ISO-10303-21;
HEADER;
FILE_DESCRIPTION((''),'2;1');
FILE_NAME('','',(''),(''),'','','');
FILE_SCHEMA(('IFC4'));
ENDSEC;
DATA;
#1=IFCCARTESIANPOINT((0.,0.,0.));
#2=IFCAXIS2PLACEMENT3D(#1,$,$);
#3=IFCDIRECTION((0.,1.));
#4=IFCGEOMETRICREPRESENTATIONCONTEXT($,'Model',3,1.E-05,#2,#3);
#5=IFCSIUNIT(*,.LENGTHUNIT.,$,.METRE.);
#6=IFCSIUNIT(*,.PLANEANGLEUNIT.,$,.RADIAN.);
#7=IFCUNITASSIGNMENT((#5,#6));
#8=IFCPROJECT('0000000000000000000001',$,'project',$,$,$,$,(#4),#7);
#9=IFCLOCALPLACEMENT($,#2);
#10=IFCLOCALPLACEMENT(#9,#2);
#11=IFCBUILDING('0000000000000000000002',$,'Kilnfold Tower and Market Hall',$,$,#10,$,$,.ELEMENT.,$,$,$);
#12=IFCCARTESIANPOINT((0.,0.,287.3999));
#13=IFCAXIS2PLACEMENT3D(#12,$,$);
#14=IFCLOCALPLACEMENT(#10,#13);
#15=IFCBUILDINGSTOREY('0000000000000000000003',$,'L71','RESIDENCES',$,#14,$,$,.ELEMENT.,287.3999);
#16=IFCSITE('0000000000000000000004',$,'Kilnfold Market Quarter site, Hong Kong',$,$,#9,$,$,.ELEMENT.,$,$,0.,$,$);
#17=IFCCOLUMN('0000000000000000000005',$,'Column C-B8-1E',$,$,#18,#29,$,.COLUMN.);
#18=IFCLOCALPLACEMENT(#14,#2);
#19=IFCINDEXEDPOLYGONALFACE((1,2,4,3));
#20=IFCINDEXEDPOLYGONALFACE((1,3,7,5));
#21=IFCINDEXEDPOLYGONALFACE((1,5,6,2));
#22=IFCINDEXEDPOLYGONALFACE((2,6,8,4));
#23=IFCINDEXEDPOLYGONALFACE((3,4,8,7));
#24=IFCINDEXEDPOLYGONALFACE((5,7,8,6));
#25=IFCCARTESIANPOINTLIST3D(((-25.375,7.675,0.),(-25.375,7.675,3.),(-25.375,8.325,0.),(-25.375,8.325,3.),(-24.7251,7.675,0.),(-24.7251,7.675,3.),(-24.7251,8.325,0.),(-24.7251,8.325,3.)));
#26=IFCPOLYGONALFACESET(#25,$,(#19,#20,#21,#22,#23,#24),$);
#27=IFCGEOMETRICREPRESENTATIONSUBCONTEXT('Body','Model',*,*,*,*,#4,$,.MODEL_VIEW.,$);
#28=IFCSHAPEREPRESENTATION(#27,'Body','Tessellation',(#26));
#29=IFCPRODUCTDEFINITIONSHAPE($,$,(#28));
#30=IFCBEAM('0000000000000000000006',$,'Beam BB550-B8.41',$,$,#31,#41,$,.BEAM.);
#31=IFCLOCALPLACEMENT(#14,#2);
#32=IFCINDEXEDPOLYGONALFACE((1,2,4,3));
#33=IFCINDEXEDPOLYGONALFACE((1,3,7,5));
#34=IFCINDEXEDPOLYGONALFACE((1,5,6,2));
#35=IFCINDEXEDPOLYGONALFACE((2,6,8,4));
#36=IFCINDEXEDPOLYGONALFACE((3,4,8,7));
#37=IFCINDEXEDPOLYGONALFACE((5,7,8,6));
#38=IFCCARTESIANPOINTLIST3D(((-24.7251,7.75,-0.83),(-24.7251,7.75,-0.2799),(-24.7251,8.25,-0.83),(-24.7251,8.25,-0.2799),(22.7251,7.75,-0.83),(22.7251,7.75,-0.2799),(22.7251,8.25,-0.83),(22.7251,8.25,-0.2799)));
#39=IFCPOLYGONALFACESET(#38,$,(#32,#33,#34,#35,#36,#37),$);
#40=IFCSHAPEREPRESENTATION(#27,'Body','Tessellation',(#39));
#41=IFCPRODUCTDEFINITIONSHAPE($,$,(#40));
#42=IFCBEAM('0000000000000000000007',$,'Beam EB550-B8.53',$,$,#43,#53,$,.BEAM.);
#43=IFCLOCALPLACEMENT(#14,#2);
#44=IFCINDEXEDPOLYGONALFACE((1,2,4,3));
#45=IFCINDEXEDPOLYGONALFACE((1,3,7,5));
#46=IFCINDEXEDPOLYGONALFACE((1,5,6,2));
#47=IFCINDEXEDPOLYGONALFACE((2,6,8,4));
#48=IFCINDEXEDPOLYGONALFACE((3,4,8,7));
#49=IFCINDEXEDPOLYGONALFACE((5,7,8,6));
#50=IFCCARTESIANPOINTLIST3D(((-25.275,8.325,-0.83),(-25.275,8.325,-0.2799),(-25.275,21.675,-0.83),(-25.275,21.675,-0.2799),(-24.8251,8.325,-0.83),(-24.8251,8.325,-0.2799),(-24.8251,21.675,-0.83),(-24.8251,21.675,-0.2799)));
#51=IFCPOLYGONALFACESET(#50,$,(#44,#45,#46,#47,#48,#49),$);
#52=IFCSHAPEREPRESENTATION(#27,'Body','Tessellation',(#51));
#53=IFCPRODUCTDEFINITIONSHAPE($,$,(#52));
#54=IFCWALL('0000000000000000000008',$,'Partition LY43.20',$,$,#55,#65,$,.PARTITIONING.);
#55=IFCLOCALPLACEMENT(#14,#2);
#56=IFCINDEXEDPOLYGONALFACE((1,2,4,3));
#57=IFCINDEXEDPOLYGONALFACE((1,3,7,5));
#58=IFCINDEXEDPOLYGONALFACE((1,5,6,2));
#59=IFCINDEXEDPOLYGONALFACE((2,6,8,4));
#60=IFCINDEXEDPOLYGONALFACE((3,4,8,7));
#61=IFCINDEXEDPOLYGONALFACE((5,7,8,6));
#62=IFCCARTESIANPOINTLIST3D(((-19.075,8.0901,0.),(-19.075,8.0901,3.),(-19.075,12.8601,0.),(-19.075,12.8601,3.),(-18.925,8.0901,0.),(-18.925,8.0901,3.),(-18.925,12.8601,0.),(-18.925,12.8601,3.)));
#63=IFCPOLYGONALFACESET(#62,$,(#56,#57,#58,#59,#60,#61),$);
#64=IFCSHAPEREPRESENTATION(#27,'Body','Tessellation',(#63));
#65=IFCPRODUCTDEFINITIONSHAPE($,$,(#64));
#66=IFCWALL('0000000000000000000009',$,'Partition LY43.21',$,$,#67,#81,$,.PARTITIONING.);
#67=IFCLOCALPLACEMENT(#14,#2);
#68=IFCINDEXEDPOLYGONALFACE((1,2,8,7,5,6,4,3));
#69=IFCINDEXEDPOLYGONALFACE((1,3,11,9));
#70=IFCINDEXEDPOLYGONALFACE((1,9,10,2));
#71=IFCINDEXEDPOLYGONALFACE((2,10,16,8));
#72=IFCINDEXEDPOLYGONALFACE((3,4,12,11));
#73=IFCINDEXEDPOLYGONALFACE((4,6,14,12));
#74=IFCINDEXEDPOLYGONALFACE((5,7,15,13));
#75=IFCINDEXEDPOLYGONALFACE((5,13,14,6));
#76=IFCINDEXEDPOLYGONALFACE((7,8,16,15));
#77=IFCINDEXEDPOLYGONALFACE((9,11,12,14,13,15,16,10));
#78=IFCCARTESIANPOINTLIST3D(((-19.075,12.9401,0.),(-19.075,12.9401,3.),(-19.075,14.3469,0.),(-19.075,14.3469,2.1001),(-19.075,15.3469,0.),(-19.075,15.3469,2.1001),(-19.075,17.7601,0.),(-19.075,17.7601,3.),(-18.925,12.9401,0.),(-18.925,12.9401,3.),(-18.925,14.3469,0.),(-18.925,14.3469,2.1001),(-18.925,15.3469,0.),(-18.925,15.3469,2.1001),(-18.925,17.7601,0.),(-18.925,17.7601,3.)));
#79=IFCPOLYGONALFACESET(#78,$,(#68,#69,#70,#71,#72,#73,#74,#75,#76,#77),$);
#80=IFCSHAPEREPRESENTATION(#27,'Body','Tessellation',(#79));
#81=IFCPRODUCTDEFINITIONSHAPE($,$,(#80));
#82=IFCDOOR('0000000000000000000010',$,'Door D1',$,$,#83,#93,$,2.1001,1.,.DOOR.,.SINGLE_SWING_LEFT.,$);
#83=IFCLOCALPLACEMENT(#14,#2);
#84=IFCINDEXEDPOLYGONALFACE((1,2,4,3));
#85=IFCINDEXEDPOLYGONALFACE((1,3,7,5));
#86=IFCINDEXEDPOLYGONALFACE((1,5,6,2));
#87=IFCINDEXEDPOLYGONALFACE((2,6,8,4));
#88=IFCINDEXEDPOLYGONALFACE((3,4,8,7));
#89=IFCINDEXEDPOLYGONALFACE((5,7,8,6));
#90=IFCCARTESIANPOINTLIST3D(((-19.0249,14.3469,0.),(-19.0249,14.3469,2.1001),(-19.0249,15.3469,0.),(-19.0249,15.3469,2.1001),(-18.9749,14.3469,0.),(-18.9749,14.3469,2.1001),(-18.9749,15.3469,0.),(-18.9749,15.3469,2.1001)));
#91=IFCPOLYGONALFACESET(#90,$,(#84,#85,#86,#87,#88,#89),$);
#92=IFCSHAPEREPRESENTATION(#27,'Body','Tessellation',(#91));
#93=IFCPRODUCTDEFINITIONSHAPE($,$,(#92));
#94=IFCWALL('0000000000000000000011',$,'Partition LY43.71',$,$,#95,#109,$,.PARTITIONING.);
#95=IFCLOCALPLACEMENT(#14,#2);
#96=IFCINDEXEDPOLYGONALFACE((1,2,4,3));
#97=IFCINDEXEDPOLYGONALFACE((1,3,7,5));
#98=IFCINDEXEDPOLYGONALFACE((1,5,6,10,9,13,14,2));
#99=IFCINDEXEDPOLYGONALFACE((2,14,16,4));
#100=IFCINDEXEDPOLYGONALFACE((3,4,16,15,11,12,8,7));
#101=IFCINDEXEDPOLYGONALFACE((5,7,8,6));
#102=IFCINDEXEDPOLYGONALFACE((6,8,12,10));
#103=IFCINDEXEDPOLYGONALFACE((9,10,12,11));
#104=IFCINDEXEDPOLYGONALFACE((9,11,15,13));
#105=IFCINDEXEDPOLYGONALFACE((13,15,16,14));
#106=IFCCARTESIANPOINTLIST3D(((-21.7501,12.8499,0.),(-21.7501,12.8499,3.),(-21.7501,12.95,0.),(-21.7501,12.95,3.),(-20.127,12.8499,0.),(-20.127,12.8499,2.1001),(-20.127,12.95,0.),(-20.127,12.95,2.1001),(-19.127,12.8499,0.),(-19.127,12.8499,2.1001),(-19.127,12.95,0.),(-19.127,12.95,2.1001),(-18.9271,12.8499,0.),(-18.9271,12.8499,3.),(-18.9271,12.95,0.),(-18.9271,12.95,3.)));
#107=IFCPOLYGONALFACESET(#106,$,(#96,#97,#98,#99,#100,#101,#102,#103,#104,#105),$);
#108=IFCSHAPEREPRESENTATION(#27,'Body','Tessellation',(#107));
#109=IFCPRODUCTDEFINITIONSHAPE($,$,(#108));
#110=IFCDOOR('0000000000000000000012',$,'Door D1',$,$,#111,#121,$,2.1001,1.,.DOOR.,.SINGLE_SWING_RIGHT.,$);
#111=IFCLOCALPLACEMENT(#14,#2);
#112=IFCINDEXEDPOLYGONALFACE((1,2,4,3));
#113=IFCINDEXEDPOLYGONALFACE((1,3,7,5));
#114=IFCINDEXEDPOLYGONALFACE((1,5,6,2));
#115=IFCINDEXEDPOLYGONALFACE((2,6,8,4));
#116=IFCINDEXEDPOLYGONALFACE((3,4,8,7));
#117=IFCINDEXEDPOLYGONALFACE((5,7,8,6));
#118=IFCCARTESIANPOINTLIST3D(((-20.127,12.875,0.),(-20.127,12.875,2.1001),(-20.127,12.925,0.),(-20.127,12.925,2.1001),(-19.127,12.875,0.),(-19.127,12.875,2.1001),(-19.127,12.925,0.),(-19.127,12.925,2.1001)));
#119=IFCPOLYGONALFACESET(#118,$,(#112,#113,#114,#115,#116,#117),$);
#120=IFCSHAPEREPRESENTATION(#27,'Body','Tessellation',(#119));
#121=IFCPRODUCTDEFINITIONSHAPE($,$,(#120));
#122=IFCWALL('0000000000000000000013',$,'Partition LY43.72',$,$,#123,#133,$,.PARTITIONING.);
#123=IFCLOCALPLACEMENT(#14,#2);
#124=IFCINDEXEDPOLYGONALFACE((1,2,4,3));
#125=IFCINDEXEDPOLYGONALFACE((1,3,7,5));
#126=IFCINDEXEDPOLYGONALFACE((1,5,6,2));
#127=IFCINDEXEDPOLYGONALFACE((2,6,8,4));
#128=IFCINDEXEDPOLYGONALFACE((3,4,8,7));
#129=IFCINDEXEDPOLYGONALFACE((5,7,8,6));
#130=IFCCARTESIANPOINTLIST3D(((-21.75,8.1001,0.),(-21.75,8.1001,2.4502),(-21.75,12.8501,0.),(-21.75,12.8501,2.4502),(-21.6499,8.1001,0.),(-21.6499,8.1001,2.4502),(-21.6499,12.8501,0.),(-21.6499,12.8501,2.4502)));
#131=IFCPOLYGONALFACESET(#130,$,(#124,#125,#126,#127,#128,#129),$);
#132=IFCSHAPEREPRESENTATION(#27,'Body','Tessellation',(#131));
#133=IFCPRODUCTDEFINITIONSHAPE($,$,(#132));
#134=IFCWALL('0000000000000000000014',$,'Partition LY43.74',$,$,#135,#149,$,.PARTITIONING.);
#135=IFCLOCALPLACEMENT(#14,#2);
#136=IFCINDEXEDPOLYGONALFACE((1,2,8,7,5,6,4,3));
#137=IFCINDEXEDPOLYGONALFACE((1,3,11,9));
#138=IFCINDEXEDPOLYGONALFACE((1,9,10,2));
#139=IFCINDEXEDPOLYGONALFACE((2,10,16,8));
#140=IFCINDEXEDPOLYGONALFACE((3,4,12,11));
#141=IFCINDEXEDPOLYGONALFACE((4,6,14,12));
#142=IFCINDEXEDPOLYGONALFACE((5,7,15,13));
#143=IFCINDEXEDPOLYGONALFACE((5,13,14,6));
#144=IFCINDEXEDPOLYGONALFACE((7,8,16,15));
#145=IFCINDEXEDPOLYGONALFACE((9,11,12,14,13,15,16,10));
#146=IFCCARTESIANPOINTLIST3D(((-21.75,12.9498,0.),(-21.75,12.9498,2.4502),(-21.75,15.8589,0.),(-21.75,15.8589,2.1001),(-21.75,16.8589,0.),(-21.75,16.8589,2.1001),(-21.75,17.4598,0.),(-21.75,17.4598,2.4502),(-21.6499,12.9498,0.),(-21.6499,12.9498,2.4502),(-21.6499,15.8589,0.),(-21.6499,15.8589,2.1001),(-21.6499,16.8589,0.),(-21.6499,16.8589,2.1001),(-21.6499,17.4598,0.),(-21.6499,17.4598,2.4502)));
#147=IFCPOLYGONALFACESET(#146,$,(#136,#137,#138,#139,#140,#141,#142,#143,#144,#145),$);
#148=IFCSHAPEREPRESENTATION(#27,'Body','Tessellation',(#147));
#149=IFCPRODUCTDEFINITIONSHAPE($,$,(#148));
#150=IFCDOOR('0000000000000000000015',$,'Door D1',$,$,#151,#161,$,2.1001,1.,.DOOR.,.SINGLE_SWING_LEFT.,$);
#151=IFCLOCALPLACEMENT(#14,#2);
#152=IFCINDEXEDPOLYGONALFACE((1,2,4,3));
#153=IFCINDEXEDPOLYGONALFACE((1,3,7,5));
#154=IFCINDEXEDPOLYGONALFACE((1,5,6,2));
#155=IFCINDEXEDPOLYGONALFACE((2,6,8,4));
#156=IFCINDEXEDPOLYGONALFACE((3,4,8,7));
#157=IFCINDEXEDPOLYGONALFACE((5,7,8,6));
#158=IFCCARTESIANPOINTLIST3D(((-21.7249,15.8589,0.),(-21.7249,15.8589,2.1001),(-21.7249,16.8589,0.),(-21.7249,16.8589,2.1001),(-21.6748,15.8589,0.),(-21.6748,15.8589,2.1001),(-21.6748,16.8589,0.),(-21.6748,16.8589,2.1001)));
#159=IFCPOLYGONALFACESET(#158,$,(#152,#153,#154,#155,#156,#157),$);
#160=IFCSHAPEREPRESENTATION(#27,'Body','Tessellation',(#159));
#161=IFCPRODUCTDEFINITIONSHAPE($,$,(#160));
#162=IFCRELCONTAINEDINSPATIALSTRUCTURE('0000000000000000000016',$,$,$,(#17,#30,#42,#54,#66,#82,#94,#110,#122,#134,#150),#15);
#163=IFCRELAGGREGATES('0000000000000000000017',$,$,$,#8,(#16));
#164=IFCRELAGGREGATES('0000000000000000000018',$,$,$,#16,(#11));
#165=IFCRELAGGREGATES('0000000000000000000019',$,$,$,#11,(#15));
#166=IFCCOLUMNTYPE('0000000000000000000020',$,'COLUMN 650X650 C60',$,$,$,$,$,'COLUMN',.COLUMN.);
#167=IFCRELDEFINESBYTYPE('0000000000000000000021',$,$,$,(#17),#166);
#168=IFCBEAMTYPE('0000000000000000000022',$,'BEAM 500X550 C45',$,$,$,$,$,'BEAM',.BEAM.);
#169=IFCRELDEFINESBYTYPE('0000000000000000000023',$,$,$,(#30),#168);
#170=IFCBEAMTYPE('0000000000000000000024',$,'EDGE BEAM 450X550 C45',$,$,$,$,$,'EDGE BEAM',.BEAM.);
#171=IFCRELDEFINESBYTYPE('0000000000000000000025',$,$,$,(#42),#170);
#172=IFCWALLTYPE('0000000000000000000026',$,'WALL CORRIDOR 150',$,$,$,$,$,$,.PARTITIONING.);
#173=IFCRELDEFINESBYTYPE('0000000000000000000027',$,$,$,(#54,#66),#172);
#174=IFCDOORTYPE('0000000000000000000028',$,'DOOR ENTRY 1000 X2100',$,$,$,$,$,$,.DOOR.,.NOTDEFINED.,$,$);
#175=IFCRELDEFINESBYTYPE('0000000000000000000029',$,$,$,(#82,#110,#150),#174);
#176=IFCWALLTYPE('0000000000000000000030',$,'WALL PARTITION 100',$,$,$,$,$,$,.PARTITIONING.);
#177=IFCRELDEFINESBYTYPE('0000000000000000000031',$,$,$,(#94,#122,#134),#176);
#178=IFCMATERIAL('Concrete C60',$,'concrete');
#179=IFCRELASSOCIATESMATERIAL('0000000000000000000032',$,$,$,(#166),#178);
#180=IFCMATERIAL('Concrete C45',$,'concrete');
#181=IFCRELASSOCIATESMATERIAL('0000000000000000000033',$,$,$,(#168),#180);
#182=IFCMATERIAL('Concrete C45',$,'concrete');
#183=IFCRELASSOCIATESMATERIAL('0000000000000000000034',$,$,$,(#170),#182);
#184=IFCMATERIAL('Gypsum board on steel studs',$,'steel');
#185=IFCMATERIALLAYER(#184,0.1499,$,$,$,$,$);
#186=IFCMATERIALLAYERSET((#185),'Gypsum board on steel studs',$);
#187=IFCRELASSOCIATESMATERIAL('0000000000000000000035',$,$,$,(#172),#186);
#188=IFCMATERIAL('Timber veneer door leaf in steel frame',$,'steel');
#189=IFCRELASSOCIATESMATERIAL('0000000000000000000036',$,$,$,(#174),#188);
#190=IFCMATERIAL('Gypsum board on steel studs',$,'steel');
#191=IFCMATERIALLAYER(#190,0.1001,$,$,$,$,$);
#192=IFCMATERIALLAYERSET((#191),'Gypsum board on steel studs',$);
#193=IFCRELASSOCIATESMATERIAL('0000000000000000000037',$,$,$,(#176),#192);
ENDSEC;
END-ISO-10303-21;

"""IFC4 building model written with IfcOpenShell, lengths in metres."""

from ifc_helpers import new_model, si_unit, direction, frame, frame_2d, origin, origin_2d, place, context, subcontext, project, spatial, rectangle, extrude, source, transform, mapped, material, layer, layer_set, material_profile, profile_set, type_object, element, fill, save


model = new_model("IFC4")

# Units and contexts
model_context = context("Model", 3, precision=1e-05, world=origin(), true_north=direction((0.0, 1.0)))
body_context = subcontext(model_context, "Body", "Model", "MODEL_VIEW")
ifc_project = project(units=[si_unit("LENGTHUNIT", "METRE"), si_unit("PLANEANGLEUNIT", "RADIAN")], contexts=[model_context])

# Site, building, storey
site_placement = place(None, origin())
site = spatial("IfcSite", under=ifc_project, at=site_placement, Name="Kilnfold Market Quarter site, Hong Kong", CompositionType="ELEMENT", RefElevation=0.0)
building_placement = place(site_placement, origin())
building = spatial("IfcBuilding", under=site, at=building_placement, Name="Kilnfold Tower and Market Hall", CompositionType="ELEMENT")
storey_placement = place(building_placement, frame((0.0, 0.0, 287.3999)))
storey = spatial("IfcBuildingStorey", under=building, at=storey_placement, Name="L71", Description="RESIDENCES", CompositionType="ELEMENT", Elevation=287.3999)

# Column
ifc_material_1 = material(Name="Concrete C60", Category="concrete")
ifc_material_profile_1 = material_profile(ifc_material_1, rectangle(XDim=0.6499, YDim=0.6499, at=origin_2d()), Name="RC 650x650")
ifc_profile_set_1 = profile_set([ifc_material_profile_1], Name="Concrete C60")
column_type = type_object("IfcColumnType", Name="COLUMN 650X650 C60", ElementType="COLUMN", PredefinedType="COLUMN", material=ifc_profile_set_1)
shared_shape_1 = source(origin(), body_context, "Body", "SweptSolid", [
    extrude(rectangle(XDim=0.6499, YDim=0.6499, at=origin_2d()), origin(), (0.0, 0.0, 1.0), 3.0),
])
column_placement = place(storey_placement, frame((-25.05, 8.0, 0.0), z_axis=(0.0, 0.0, 1.0), x_axis=(1.0, 0.0, 0.0)))
element("IfcColumn", 1, at=column_placement, inside=storey, type_object=column_type, Name="Column C-B8-1E", PredefinedType="COLUMN", context=body_context, shape_type="MappedRepresentation", body=[
    mapped(shared_shape_1, transform((0.0, 0.0, 0.0))),
])

# Beams
ifc_material_2 = material(Name="Concrete C45", Category="concrete")
ifc_material_profile_2 = material_profile(ifc_material_2, rectangle(XDim=0.5, YDim=0.55, at=origin_2d()), Name="RC 500x550")
ifc_profile_set_2 = profile_set([ifc_material_profile_2], Name="Concrete C45")
beam_type_1 = type_object("IfcBeamType", Name="BEAM 500X550 C45", ElementType="BEAM", PredefinedType="BEAM", material=ifc_profile_set_2)
shared_shape_2 = source(origin(), body_context, "Body", "SweptSolid", [
    extrude(rectangle(XDim=0.5, YDim=0.55, at=origin_2d()), origin(), (0.0, 0.0, 1.0), 47.4502),
])
beam_1_placement = place(storey_placement, frame((-24.7251, 8.0, -0.5549), z_axis=(1.0, 0.0, 0.0), x_axis=(0.0, 1.0, 0.0)))
element("IfcBeam", 2, at=beam_1_placement, inside=storey, type_object=beam_type_1, Name="Beam BB550-B8.41", PredefinedType="BEAM", context=body_context, shape_type="MappedRepresentation", body=[
    mapped(shared_shape_2, transform((0.0, 0.0, 0.0))),
])
ifc_material_3 = material(Name="Concrete C45", Category="concrete")
ifc_material_profile_3 = material_profile(ifc_material_3, rectangle(XDim=0.45, YDim=0.55, at=origin_2d()), Name="RC 450x550")
ifc_profile_set_3 = profile_set([ifc_material_profile_3], Name="Concrete C45")
beam_type_2 = type_object("IfcBeamType", Name="EDGE BEAM 450X550 C45", ElementType="EDGE BEAM", PredefinedType="BEAM", material=ifc_profile_set_3)
shared_shape_3 = source(origin(), body_context, "Body", "SweptSolid", [
    extrude(rectangle(XDim=0.45, YDim=0.55, at=origin_2d()), origin(), (0.0, 0.0, 1.0), 13.3501),
])
beam_2_placement = place(storey_placement, frame((-25.05, 8.325, -0.5549), z_axis=(0.0, 1.0, 0.0), x_axis=(-1.0, 0.0, 0.0)))
element("IfcBeam", 3, at=beam_2_placement, inside=storey, type_object=beam_type_2, Name="Beam EB550-B8.53", PredefinedType="BEAM", context=body_context, shape_type="MappedRepresentation", body=[
    mapped(shared_shape_3, transform((0.0, 0.0, 0.0))),
])

# Wall
ifc_material_4 = material(Name="Gypsum board on steel studs", Category="steel")
ifc_layer_1 = layer(ifc_material_4, 0.1499)
ifc_layer_set_1 = layer_set([ifc_layer_1], Name="Gypsum board on steel studs")
wall_type_1 = type_object("IfcWallType", Name="WALL CORRIDOR 150", PredefinedType="PARTITIONING", material=ifc_layer_set_1)
wall_1_placement = place(storey_placement, frame((-19.0, 8.0901, 0.0), z_axis=(0.0, 0.0, 1.0), x_axis=(0.0, 1.0, 0.0)))
element("IfcWall", 4, at=wall_1_placement, inside=storey, type_object=wall_type_1, Name="Partition LY43.20", PredefinedType="PARTITIONING", context=body_context, shape_type="SweptSolid", body=[
    extrude(rectangle(XDim=4.77, YDim=0.1499, at=frame_2d((2.385, 0.0))), origin(), (0.0, 0.0, 1.0), 3.0),
])

# Walls, openings, doors
wall_2_placement = place(storey_placement, frame((-19.0, 12.9399, 0.0), z_axis=(0.0, 0.0, 1.0), x_axis=(0.0, 1.0, 0.0)))
wall_2 = element("IfcWall", 5, at=wall_2_placement, inside=storey, type_object=wall_type_1, Name="Partition LY43.21", PredefinedType="PARTITIONING", context=body_context, shape_type="SweptSolid", body=[
    extrude(rectangle(XDim=4.8201, YDim=0.1499, at=frame_2d((2.4102, 0.0))), origin(), (0.0, 0.0, 1.0), 3.0),
])
opening_1_placement = place(wall_2_placement, frame((1.407, 0.0, 0.0)))
opening_1 = element("IfcOpeningElement", 6, at=opening_1_placement, cuts=wall_2, PredefinedType="OPENING", context=body_context, shape_type="SweptSolid", body=[
    extrude(rectangle(XDim=1.0, YDim=2.1001, at=frame_2d((0.5, 1.05))), frame((0.0, 0.085, 0.0), z_axis=(0.0, -1.0, 0.0), x_axis=(1.0, 0.0, 0.0)), (0.0, 0.0, 1.0), 0.1699),
])
ifc_material_5 = material(Name="Timber veneer door leaf in steel frame", Category="steel")
door_type_1 = type_object("IfcDoorType", Name="DOOR ENTRY 1000 X2100", OperationType="NOTDEFINED", PredefinedType="DOOR", material=ifc_material_5)
door_1_placement = place(opening_1_placement, origin())
door_1 = element("IfcDoor", 7, at=door_1_placement, inside=storey, type_object=door_type_1, Name="Door D1", OperationType="SINGLE_SWING_LEFT", OverallHeight=2.1001, OverallWidth=1.0, PredefinedType="DOOR", context=body_context, shape_type="SweptSolid", body=[
    extrude(rectangle(XDim=1.0, YDim=2.1001, at=frame_2d((0.5, 1.05))), frame((0.0, 0.0249, 0.0), z_axis=(0.0, -1.0, 0.0), x_axis=(1.0, 0.0, 0.0)), (0.0, 0.0, 1.0), 0.05),
])
fill(opening_1, door_1)
ifc_material_6 = material(Name="Gypsum board on steel studs", Category="steel")
ifc_layer_2 = layer(ifc_material_6, 0.1001)
ifc_layer_set_2 = layer_set([ifc_layer_2], Name="Gypsum board on steel studs")
wall_type_2 = type_object("IfcWallType", Name="WALL PARTITION 100", PredefinedType="PARTITIONING", material=ifc_layer_set_2)
wall_3_placement = place(storey_placement, frame((-18.927, 12.8999, 0.0), z_axis=(0.0, 0.0, 1.0), x_axis=(-1.0, 0.0, 0.0)))
wall_3 = element("IfcWall", 8, at=wall_3_placement, inside=storey, type_object=wall_type_2, Name="Partition LY43.71", PredefinedType="PARTITIONING", context=body_context, shape_type="SweptSolid", body=[
    extrude(rectangle(XDim=2.823, YDim=0.1001, at=frame_2d((1.4116, 0.0))), origin(), (0.0, 0.0, 1.0), 3.0),
])
opening_2_placement = place(wall_3_placement, frame((0.2, 0.0, 0.0)))
opening_2 = element("IfcOpeningElement", 9, at=opening_2_placement, cuts=wall_3, PredefinedType="OPENING", context=body_context, shape_type="SweptSolid", body=[
    extrude(rectangle(XDim=1.0, YDim=2.1001, at=frame_2d((0.5, 1.05))), frame((0.0, 0.0601, 0.0), z_axis=(0.0, -1.0, 0.0), x_axis=(1.0, 0.0, 0.0)), (0.0, 0.0, 1.0), 0.1201),
])
door_2_placement = place(opening_2_placement, origin())
door_2 = element("IfcDoor", 10, at=door_2_placement, inside=storey, type_object=door_type_1, Name="Door D1", OperationType="SINGLE_SWING_RIGHT", OverallHeight=2.1001, OverallWidth=1.0, PredefinedType="DOOR", context=body_context, shape_type="SweptSolid", body=[
    extrude(rectangle(XDim=1.0, YDim=2.1001, at=frame_2d((0.5, 1.05))), frame((0.0, 0.0249, 0.0), z_axis=(0.0, -1.0, 0.0), x_axis=(1.0, 0.0, 0.0)), (0.0, 0.0, 1.0), 0.05),
])
fill(opening_2, door_2)

# Wall
wall_4_placement = place(storey_placement, frame((-21.7, 8.1001, 0.0), z_axis=(0.0, 0.0, 1.0), x_axis=(0.0, 1.0, 0.0)))
element("IfcWall", 11, at=wall_4_placement, inside=storey, type_object=wall_type_2, Name="Partition LY43.72", PredefinedType="PARTITIONING", context=body_context, shape_type="SweptSolid", body=[
    extrude(rectangle(XDim=4.75, YDim=0.1001, at=frame_2d((2.375, 0.0))), origin(), (0.0, 0.0, 1.0), 2.4502),
])

# Wall, opening, door
wall_5_placement = place(storey_placement, frame((-21.7, 12.95, 0.0), z_axis=(0.0, 0.0, 1.0), x_axis=(0.0, 1.0, 0.0)))
wall_5 = element("IfcWall", 12, at=wall_5_placement, inside=storey, type_object=wall_type_2, Name="Partition LY43.74", PredefinedType="PARTITIONING", context=body_context, shape_type="SweptSolid", body=[
    extrude(rectangle(XDim=4.51, YDim=0.1001, at=frame_2d((2.2549, 0.0))), origin(), (0.0, 0.0, 1.0), 2.4502),
])
opening_3_placement = place(wall_5_placement, frame((2.9089, 0.0, 0.0)))
opening_3 = element("IfcOpeningElement", 13, at=opening_3_placement, cuts=wall_5, PredefinedType="OPENING", context=body_context, shape_type="SweptSolid", body=[
    extrude(rectangle(XDim=1.0, YDim=2.1001, at=frame_2d((0.5, 1.05))), frame((0.0, 0.0601, 0.0), z_axis=(0.0, -1.0, 0.0), x_axis=(1.0, 0.0, 0.0)), (0.0, 0.0, 1.0), 0.1201),
])
door_3_placement = place(opening_3_placement, origin())
door_3 = element("IfcDoor", 14, at=door_3_placement, inside=storey, type_object=door_type_1, Name="Door D1", OperationType="SINGLE_SWING_LEFT", OverallHeight=2.1001, OverallWidth=1.0, PredefinedType="DOOR", context=body_context, shape_type="SweptSolid", body=[
    extrude(rectangle(XDim=1.0, YDim=2.1001, at=frame_2d((0.5, 1.05))), frame((0.0, 0.0249, 0.0), z_axis=(0.0, -1.0, 0.0), x_axis=(1.0, 0.0, 0.0)), (0.0, 0.0, 1.0), 0.05),
])
fill(opening_3, door_3)

save(model, "model.ifc")
